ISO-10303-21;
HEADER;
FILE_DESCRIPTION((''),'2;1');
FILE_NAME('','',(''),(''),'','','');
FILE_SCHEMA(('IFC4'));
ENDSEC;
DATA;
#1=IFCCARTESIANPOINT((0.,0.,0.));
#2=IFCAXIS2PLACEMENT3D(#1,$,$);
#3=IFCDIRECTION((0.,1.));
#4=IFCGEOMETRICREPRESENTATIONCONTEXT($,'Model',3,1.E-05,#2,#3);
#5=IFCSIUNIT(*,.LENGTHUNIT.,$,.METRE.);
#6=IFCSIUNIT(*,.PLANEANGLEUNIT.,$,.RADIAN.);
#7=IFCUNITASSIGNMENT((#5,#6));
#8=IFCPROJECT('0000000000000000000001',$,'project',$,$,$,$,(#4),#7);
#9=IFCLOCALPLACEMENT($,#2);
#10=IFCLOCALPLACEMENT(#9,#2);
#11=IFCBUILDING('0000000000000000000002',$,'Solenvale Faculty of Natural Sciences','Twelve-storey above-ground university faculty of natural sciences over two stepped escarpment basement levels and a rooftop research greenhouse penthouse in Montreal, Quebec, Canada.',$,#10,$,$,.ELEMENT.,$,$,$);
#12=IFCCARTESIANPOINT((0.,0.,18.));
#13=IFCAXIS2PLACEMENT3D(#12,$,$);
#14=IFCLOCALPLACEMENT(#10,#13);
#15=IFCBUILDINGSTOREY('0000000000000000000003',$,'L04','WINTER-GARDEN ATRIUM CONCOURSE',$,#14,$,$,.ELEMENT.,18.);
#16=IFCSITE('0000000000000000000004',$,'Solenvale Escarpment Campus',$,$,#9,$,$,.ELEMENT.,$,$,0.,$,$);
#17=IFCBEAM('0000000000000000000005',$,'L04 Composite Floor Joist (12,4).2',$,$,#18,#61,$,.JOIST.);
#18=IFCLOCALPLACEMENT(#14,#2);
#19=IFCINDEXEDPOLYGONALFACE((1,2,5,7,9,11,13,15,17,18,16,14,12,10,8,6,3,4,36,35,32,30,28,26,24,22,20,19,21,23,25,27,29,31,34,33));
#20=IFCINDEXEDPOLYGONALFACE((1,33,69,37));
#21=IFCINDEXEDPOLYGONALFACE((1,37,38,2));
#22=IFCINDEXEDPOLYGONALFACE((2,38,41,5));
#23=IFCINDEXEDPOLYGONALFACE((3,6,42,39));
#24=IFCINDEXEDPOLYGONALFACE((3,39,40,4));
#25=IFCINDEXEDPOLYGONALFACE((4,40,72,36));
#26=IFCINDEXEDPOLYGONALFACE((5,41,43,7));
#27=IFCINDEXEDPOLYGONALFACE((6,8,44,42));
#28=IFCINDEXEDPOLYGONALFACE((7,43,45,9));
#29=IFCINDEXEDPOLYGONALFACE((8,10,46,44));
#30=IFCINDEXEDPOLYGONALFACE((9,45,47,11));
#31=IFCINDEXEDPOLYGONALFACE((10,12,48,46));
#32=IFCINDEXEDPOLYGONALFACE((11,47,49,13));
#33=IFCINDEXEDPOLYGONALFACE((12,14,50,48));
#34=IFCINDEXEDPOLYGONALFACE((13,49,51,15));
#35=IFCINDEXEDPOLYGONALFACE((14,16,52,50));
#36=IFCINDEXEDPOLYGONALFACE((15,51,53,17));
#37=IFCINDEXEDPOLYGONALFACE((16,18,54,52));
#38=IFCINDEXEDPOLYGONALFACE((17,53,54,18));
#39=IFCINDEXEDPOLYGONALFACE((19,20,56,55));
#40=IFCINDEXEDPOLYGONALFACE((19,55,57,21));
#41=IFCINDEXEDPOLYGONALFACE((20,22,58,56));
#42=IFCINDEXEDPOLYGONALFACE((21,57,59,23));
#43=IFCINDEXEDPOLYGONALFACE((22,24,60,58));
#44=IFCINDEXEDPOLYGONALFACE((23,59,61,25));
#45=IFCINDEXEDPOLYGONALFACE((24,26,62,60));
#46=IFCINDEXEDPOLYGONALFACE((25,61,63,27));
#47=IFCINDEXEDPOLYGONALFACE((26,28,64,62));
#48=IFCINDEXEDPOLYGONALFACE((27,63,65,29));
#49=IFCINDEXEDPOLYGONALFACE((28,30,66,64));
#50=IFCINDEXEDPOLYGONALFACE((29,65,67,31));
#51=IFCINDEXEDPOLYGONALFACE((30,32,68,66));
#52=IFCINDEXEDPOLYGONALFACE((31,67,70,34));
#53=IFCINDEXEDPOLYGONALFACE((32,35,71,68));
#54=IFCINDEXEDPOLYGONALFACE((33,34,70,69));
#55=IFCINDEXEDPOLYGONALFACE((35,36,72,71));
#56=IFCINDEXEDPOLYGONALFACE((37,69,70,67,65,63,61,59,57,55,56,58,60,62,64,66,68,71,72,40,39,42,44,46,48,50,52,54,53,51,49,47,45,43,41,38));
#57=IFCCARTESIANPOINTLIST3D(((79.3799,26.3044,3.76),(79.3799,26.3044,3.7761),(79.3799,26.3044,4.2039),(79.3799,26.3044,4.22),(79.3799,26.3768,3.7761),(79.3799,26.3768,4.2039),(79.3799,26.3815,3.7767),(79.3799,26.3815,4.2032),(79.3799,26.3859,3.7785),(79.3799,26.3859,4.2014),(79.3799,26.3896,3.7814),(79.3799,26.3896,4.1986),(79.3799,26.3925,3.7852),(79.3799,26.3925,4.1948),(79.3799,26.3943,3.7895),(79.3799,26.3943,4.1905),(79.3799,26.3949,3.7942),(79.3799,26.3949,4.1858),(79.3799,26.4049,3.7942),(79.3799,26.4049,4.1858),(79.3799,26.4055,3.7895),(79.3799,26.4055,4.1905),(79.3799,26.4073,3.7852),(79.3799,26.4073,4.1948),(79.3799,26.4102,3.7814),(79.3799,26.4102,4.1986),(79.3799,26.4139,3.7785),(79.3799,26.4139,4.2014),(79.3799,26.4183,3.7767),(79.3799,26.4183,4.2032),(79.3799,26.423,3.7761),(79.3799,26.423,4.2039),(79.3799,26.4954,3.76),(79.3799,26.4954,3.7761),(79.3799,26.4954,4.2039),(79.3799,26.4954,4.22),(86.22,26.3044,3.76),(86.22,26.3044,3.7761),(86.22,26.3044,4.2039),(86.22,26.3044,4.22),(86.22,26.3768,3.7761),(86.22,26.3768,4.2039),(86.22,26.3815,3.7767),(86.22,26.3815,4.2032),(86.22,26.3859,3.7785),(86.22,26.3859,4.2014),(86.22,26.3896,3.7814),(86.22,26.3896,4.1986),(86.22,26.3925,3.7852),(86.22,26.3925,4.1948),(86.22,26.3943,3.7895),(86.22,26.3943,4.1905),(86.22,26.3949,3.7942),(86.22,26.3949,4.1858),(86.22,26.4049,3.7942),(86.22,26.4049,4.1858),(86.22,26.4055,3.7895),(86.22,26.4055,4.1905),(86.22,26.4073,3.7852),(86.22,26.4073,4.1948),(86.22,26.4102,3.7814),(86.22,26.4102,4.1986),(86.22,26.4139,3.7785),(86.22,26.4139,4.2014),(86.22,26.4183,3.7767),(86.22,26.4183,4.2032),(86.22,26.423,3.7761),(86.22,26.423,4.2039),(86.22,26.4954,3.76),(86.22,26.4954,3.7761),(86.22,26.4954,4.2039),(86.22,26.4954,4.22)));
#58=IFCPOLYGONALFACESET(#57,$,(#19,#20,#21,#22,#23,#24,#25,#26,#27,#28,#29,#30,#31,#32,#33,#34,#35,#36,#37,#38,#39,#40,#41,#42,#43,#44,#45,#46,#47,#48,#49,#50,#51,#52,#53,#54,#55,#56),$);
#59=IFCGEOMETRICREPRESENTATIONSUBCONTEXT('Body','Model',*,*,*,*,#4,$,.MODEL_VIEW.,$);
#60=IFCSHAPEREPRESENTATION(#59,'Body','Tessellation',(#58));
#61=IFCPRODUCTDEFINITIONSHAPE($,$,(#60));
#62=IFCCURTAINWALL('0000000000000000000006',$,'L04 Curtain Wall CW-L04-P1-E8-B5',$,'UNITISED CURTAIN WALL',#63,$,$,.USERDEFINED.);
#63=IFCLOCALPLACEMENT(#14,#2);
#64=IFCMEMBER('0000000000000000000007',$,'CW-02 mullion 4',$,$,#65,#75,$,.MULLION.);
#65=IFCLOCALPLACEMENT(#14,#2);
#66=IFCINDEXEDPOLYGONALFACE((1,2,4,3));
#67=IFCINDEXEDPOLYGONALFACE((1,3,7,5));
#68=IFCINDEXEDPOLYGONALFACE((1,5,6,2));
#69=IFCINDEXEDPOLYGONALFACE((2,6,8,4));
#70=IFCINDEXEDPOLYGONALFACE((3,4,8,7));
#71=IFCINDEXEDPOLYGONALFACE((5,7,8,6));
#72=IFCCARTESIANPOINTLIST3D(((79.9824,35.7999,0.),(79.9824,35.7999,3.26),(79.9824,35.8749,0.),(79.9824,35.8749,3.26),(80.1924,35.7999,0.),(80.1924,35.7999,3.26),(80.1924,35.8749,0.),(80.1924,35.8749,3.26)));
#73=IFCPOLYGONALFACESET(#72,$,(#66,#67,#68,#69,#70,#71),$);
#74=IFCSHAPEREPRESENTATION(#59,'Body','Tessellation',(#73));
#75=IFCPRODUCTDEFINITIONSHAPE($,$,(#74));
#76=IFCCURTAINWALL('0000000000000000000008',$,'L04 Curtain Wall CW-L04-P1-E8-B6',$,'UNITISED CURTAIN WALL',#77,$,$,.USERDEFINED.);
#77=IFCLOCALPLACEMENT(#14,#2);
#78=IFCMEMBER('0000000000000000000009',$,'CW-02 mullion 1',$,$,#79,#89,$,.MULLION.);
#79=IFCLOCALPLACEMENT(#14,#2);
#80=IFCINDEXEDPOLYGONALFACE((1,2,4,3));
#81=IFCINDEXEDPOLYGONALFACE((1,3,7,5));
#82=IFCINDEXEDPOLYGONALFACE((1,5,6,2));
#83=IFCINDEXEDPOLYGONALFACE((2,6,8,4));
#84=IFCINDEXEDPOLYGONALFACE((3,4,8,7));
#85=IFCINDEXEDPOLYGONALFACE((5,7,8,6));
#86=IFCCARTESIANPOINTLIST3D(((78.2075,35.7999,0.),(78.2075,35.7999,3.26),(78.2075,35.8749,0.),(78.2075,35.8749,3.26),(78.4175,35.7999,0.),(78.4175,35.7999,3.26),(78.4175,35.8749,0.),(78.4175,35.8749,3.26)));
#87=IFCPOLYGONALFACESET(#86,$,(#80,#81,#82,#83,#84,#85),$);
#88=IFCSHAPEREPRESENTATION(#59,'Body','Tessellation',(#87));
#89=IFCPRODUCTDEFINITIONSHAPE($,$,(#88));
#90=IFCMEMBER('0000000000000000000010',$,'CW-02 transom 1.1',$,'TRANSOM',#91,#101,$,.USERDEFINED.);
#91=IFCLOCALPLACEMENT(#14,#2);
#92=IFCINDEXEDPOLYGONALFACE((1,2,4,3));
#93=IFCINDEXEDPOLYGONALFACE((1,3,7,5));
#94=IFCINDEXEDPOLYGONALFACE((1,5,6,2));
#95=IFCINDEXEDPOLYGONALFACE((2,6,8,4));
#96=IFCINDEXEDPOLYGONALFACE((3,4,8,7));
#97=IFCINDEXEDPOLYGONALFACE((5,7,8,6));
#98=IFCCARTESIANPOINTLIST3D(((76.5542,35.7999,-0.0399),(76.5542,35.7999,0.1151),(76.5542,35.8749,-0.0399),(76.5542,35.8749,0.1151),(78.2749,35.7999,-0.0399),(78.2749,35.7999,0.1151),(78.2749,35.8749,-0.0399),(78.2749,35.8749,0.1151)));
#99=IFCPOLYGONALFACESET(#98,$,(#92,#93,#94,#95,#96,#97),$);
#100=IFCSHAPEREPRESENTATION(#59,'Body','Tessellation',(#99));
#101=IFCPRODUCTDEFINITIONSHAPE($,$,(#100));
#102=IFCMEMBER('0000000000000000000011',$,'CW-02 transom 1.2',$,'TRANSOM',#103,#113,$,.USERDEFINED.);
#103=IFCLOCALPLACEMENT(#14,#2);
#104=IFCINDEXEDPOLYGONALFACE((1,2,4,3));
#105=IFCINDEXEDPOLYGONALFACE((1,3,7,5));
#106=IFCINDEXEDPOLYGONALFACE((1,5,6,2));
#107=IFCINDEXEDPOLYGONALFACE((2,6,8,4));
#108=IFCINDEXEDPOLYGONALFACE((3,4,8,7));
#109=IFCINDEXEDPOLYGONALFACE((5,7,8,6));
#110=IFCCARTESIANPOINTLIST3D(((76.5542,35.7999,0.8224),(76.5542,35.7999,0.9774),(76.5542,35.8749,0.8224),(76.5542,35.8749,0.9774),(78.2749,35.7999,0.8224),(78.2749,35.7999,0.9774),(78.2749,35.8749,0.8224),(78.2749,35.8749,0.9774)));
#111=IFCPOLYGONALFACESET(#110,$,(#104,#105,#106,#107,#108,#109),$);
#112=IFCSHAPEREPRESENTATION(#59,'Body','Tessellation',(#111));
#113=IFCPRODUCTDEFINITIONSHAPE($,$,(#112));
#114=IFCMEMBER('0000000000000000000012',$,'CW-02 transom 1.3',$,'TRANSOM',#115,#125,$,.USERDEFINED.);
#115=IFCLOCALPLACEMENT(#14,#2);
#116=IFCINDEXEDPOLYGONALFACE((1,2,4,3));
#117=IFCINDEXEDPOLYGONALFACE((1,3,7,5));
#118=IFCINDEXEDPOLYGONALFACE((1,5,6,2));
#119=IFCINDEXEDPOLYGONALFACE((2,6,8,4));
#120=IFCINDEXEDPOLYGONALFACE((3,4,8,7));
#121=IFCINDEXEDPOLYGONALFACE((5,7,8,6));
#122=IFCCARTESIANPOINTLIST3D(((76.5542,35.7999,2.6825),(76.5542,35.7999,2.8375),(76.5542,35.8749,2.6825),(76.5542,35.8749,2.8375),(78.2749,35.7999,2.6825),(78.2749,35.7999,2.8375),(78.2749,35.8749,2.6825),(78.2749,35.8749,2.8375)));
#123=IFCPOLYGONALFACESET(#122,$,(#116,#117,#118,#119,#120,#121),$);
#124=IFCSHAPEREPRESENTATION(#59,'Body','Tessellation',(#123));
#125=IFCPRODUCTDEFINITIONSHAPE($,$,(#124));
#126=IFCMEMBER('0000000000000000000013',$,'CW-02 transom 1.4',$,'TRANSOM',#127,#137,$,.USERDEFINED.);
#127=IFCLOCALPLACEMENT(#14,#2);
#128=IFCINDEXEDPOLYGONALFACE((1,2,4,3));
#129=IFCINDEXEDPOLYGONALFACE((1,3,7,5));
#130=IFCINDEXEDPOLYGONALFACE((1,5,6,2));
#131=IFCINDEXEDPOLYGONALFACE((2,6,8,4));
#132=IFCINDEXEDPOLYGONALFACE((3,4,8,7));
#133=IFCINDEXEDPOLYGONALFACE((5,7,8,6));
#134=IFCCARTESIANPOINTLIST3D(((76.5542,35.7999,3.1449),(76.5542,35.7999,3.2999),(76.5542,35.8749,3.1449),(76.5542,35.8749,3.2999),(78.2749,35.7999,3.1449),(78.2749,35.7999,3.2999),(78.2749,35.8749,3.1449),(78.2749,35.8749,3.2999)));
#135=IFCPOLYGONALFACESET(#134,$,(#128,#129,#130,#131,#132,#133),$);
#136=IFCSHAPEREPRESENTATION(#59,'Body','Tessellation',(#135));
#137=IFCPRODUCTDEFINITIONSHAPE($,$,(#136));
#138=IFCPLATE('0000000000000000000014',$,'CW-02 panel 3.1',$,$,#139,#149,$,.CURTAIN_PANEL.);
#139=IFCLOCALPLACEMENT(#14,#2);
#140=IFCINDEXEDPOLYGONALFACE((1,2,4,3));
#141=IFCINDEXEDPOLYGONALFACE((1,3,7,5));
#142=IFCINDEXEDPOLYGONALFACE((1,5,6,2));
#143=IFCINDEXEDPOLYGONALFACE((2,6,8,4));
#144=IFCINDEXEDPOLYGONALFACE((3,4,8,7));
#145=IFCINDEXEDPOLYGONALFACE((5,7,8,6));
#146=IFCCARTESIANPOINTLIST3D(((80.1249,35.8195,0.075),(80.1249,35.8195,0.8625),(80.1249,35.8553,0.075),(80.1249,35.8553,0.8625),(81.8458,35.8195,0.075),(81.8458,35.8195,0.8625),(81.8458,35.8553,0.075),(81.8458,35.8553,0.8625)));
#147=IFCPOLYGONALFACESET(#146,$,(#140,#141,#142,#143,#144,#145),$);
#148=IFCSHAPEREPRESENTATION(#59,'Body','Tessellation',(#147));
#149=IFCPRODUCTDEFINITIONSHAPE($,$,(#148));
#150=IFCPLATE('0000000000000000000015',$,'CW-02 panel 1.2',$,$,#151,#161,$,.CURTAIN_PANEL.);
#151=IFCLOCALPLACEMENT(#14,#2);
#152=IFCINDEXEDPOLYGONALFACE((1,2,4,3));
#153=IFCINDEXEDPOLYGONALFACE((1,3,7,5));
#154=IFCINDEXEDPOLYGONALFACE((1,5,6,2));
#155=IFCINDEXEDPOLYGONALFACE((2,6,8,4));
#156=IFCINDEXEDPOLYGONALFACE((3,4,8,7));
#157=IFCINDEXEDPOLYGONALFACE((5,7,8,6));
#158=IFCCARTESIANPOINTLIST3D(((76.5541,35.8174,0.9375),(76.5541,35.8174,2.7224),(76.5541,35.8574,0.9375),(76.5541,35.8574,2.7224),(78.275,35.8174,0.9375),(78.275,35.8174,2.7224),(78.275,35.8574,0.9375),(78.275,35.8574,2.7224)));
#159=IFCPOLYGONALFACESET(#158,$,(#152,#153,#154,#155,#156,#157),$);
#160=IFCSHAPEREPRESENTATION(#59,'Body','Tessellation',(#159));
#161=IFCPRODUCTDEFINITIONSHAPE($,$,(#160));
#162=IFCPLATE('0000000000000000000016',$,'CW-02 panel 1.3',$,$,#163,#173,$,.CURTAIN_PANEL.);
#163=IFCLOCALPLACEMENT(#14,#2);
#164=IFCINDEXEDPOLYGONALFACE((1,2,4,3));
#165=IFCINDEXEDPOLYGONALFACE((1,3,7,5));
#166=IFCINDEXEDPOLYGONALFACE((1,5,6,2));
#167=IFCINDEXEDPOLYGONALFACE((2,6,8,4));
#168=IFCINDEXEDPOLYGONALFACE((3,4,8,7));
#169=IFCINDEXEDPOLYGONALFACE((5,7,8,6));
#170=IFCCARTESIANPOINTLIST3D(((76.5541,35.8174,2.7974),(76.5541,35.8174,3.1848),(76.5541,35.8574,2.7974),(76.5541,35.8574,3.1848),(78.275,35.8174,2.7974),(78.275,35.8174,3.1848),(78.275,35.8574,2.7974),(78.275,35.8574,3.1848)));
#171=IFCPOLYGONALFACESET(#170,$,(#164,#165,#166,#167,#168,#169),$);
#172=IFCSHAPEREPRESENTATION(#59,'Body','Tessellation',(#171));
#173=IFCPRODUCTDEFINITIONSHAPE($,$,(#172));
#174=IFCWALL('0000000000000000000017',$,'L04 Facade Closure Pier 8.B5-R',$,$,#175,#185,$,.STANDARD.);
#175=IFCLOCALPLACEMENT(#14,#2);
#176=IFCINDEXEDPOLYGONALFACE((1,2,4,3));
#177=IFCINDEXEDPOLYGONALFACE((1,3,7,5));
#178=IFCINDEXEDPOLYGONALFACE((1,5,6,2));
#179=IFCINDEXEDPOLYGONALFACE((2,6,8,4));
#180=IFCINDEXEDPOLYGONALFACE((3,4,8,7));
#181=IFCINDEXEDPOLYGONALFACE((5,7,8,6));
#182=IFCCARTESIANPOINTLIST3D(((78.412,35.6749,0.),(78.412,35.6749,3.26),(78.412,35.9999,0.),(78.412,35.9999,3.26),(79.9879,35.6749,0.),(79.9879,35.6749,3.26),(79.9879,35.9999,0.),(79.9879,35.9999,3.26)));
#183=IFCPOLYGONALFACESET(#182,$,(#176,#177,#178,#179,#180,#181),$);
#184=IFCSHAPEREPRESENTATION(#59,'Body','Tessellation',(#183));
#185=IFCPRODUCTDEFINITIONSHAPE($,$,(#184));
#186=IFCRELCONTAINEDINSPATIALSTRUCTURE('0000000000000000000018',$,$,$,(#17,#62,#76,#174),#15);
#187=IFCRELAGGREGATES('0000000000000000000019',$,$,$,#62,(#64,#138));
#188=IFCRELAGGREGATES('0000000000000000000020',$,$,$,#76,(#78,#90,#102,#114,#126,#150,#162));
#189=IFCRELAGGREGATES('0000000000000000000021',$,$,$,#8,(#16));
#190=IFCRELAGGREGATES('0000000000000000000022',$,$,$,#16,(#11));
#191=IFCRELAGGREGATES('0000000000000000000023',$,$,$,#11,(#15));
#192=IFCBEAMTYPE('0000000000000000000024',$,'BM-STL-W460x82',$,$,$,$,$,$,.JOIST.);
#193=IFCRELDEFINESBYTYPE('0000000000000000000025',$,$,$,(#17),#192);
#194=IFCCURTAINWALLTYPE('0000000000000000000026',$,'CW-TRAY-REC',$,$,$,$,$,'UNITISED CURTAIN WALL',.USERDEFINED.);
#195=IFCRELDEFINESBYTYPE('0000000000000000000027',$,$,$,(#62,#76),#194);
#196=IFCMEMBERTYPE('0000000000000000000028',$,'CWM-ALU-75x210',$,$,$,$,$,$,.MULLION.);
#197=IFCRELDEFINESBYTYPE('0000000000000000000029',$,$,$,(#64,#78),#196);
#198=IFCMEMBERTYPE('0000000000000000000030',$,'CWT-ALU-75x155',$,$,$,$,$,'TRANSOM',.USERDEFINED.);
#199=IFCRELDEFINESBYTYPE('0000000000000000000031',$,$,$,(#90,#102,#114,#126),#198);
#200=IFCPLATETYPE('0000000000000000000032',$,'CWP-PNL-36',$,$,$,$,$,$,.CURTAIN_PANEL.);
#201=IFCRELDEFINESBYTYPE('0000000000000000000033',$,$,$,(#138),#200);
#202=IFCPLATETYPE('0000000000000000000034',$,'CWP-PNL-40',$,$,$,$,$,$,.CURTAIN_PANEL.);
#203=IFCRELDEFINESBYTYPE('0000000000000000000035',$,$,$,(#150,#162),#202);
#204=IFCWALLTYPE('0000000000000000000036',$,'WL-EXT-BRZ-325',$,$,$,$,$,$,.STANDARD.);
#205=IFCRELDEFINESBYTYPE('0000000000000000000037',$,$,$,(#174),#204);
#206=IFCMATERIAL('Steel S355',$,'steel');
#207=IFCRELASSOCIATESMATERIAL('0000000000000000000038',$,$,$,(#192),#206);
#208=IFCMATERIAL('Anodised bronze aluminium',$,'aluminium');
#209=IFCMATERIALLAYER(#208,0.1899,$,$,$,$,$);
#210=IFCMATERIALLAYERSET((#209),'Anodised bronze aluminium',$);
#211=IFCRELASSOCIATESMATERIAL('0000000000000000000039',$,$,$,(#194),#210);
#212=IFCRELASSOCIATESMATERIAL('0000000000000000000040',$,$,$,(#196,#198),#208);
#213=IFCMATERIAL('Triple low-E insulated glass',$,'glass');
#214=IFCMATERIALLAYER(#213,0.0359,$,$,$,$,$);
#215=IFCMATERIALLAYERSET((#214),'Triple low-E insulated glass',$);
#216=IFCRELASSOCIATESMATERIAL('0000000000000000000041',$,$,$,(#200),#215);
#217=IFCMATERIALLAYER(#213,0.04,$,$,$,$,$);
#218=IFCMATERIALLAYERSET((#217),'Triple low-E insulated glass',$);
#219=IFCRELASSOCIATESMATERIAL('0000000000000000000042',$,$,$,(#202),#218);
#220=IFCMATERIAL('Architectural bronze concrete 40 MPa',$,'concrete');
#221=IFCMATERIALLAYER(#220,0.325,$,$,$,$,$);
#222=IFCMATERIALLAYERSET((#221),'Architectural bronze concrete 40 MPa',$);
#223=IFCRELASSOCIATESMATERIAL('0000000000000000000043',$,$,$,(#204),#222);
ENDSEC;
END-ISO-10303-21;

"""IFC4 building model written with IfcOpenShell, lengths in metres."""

from ifc_helpers import new_model, si_unit, direction, frame, frame_2d, origin, origin_2d, place, context, subcontext, project, spatial, rectangle, i_section, extrude, material, layer, layer_set, material_profile, profile_set, type_object, element, aggregate, save


model = new_model("IFC4")

# Units and contexts
model_context = context("Model", 3, precision=1e-05, world=origin(), true_north=direction((0.0, 1.0)))
body_context = subcontext(model_context, "Body", "Model", "MODEL_VIEW")
ifc_project = project(units=[si_unit("LENGTHUNIT", "METRE"), si_unit("PLANEANGLEUNIT", "RADIAN")], contexts=[model_context])

# Site, building, storey
site_placement = place(None, origin())
site = spatial("IfcSite", under=ifc_project, at=site_placement, Name="Solenvale Escarpment Campus", CompositionType="ELEMENT", RefElevation=0.0)
building_placement = place(site_placement, origin())
building = spatial("IfcBuilding", under=site, at=building_placement, Name="Solenvale Faculty of Natural Sciences", Description="Twelve-storey above-ground university faculty of natural sciences over two stepped escarpment basement levels and a rooftop research greenhouse penthouse in Montreal, Quebec, Canada.", CompositionType="ELEMENT")
storey_placement = place(building_placement, frame((0.0, 0.0, 18.0)))
storey = spatial("IfcBuildingStorey", under=building, at=storey_placement, Name="L04", Description="WINTER-GARDEN ATRIUM CONCOURSE", CompositionType="ELEMENT", Elevation=18.0)

# Beam
ifc_material_1 = material(Name="Steel S355", Category="steel")
ifc_material_profile_1 = material_profile(ifc_material_1, i_section(OverallWidth=0.1909, OverallDepth=0.46, WebThickness=0.01, FlangeThickness=0.0161, FilletRadius=0.0181, at=origin_2d()), Name="W460x82")
ifc_profile_set_1 = profile_set([ifc_material_profile_1], Name="Steel S355")
beam_type_1 = type_object("IfcBeamType", Name="BM-STL-W460x82", PredefinedType="JOIST", material=ifc_profile_set_1)
for number, where, z_axis, x_axis, name in (
    (1, (79.3799, 26.3999, 3.99), (1.0, 0.0, 0.0), (0.0, 1.0, 0.0), "L04 Composite Floor Joist (12,4).2"),
):
    element("IfcBeam", number, at=place(storey_placement, frame(where, z_axis=z_axis, x_axis=x_axis)), inside=storey, type_object=beam_type_1, Name=name, PredefinedType="JOIST", context=body_context, shape_type="SweptSolid", body=[
        extrude(i_section(OverallWidth=0.1909, OverallDepth=0.46, WebThickness=0.01, FlangeThickness=0.0161, FilletRadius=0.0181, at=origin_2d()), origin(), (0.0, 0.0, 1.0), 6.8401),
    ])

# Curtain wall, member
ifc_material_2 = material(Name="Anodised bronze aluminium", Category="aluminium")
ifc_layer_1 = layer(ifc_material_2, 0.1899)
ifc_layer_set_1 = layer_set([ifc_layer_1], Name="Anodised bronze aluminium")
curtain_wall_type = type_object("IfcCurtainWallType", Name="CW-TRAY-REC", ElementType="UNITISED CURTAIN WALL", PredefinedType="USERDEFINED", material=ifc_layer_set_1)
curtain_wall_1_placement = place(storey_placement, origin())
curtain_wall_1 = element("IfcCurtainWall", 2, at=curtain_wall_1_placement, inside=storey, type_object=curtain_wall_type, Name="L04 Curtain Wall CW-L04-P1-E8-B5", ObjectType="UNITISED CURTAIN WALL", PredefinedType="USERDEFINED")
ifc_material_profile_2 = material_profile(ifc_material_2, rectangle(XDim=0.075, YDim=0.21, at=origin_2d()), Name="ALU-MUL-75x210")
ifc_profile_set_2 = profile_set([ifc_material_profile_2], Name="Anodised bronze aluminium")
member_type_1 = type_object("IfcMemberType", Name="CWM-ALU-75x210", PredefinedType="MULLION", material=ifc_profile_set_2)
member_1_placement = place(storey_placement, frame((80.0874, 35.8374, 0.0), z_axis=(0.0, 0.0, 1.0), x_axis=(0.0, -1.0, 0.0)))
member_1 = element("IfcMember", 3, at=member_1_placement, type_object=member_type_1, Name="CW-02 mullion 4", PredefinedType="MULLION", context=body_context, shape_type="SweptSolid", body=[
    extrude(rectangle(XDim=0.075, YDim=0.21, at=origin_2d()), origin(), (0.0, 0.0, 1.0), 3.26),
])

# Curtain wall, members
curtain_wall_2_placement = place(storey_placement, origin())
curtain_wall_2 = element("IfcCurtainWall", 4, at=curtain_wall_2_placement, inside=storey, type_object=curtain_wall_type, Name="L04 Curtain Wall CW-L04-P1-E8-B6", ObjectType="UNITISED CURTAIN WALL", PredefinedType="USERDEFINED")
member_2_placement = place(storey_placement, frame((78.3125, 35.8374, 0.0), z_axis=(0.0, 0.0, 1.0), x_axis=(0.0, -1.0, 0.0)))
member_2 = element("IfcMember", 5, at=member_2_placement, type_object=member_type_1, Name="CW-02 mullion 1", PredefinedType="MULLION", context=body_context, shape_type="SweptSolid", body=[
    extrude(rectangle(XDim=0.075, YDim=0.21, at=origin_2d()), origin(), (0.0, 0.0, 1.0), 3.26),
])
ifc_material_profile_3 = material_profile(ifc_material_2, rectangle(XDim=0.075, YDim=0.155, at=origin_2d()), Name="ALU-TRN-75x155")
ifc_profile_set_3 = profile_set([ifc_material_profile_3], Name="Anodised bronze aluminium")
member_type_2 = type_object("IfcMemberType", Name="CWT-ALU-75x155", ElementType="TRANSOM", PredefinedType="USERDEFINED", material=ifc_profile_set_3)
member_3_placement = place(storey_placement, frame((78.2749, 35.8374, 0.0376), z_axis=(-1.0, 0.0, 0.0), x_axis=(0.0, -1.0, 0.0)))
member_3 = element("IfcMember", 6, at=member_3_placement, type_object=member_type_2, Name="CW-02 transom 1.1", ObjectType="TRANSOM", PredefinedType="USERDEFINED", context=body_context, shape_type="SweptSolid", body=[
    extrude(rectangle(XDim=0.075, YDim=0.155, at=origin_2d()), origin(), (0.0, 0.0, 1.0), 1.7207),
])
member_4_placement = place(storey_placement, frame((78.2749, 35.8374, 0.8999), z_axis=(-1.0, 0.0, 0.0), x_axis=(0.0, -1.0, 0.0)))
member_4 = element("IfcMember", 7, at=member_4_placement, type_object=member_type_2, Name="CW-02 transom 1.2", ObjectType="TRANSOM", PredefinedType="USERDEFINED", context=body_context, shape_type="SweptSolid", body=[
    extrude(rectangle(XDim=0.075, YDim=0.155, at=origin_2d()), origin(), (0.0, 0.0, 1.0), 1.7207),
])
member_5_placement = place(storey_placement, frame((78.2749, 35.8374, 2.76), z_axis=(-1.0, 0.0, 0.0), x_axis=(0.0, -1.0, 0.0)))
member_5 = element("IfcMember", 8, at=member_5_placement, type_object=member_type_2, Name="CW-02 transom 1.3", ObjectType="TRANSOM", PredefinedType="USERDEFINED", context=body_context, shape_type="SweptSolid", body=[
    extrude(rectangle(XDim=0.075, YDim=0.155, at=origin_2d()), origin(), (0.0, 0.0, 1.0), 1.7207),
])
member_6_placement = place(storey_placement, frame((78.2749, 35.8374, 3.2224), z_axis=(-1.0, 0.0, 0.0), x_axis=(0.0, -1.0, 0.0)))
member_6 = element("IfcMember", 9, at=member_6_placement, type_object=member_type_2, Name="CW-02 transom 1.4", ObjectType="TRANSOM", PredefinedType="USERDEFINED", context=body_context, shape_type="SweptSolid", body=[
    extrude(rectangle(XDim=0.075, YDim=0.155, at=origin_2d()), origin(), (0.0, 0.0, 1.0), 1.7207),
])

# Plates
ifc_material_3 = material(Name="Triple low-E insulated glass", Category="glass")
ifc_layer_2 = layer(ifc_material_3, 0.0359)
ifc_layer_set_2 = layer_set([ifc_layer_2], Name="Triple low-E insulated glass")
plate_type_1 = type_object("IfcPlateType", Name="CWP-PNL-36", PredefinedType="CURTAIN_PANEL", material=ifc_layer_set_2)
plate_1_placement = place(storey_placement, frame((80.9854, 35.8374, 0.075), z_axis=(0.0, 0.0, 1.0), x_axis=(-1.0, 0.0, 0.0)))
plate_1 = element("IfcPlate", 10, at=plate_1_placement, type_object=plate_type_1, Name="CW-02 panel 3.1", PredefinedType="CURTAIN_PANEL", context=body_context, shape_type="SweptSolid", body=[
    extrude(rectangle(XDim=1.7209, YDim=0.0359, at=origin_2d()), origin(), (0.0, 0.0, 1.0), 0.7876),
])
aggregate(curtain_wall_1, [member_1, plate_1])
ifc_layer_3 = layer(ifc_material_3, 0.04)
ifc_layer_set_3 = layer_set([ifc_layer_3], Name="Triple low-E insulated glass")
plate_type_2 = type_object("IfcPlateType", Name="CWP-PNL-40", PredefinedType="CURTAIN_PANEL", material=ifc_layer_set_3)
plate_2_placement = place(storey_placement, frame((77.4146, 35.8374, 0.9375), z_axis=(0.0, 0.0, 1.0), x_axis=(-1.0, 0.0, 0.0)))
plate_2 = element("IfcPlate", 11, at=plate_2_placement, type_object=plate_type_2, Name="CW-02 panel 1.2", PredefinedType="CURTAIN_PANEL", context=body_context, shape_type="SweptSolid", body=[
    extrude(rectangle(XDim=1.7209, YDim=0.04, at=origin_2d()), origin(), (0.0, 0.0, 1.0), 1.7849),
])
plate_3_placement = place(storey_placement, frame((77.4146, 35.8374, 2.7974), z_axis=(0.0, 0.0, 1.0), x_axis=(-1.0, 0.0, 0.0)))
plate_3 = element("IfcPlate", 12, at=plate_3_placement, type_object=plate_type_2, Name="CW-02 panel 1.3", PredefinedType="CURTAIN_PANEL", context=body_context, shape_type="SweptSolid", body=[
    extrude(rectangle(XDim=1.7209, YDim=0.04, at=origin_2d()), origin(), (0.0, 0.0, 1.0), 0.3875),
])
aggregate(curtain_wall_2, [member_2, member_3, member_4, member_5, member_6, plate_2, plate_3])

# Wall
ifc_material_4 = material(Name="Architectural bronze concrete 40 MPa", Category="concrete")
ifc_layer_4 = layer(ifc_material_4, 0.325)
ifc_layer_set_4 = layer_set([ifc_layer_4], Name="Architectural bronze concrete 40 MPa")
wall_type_1 = type_object("IfcWallType", Name="WL-EXT-BRZ-325", PredefinedType="STANDARD", material=ifc_layer_set_4)
wall_1_placement = place(storey_placement, frame((79.988, 35.8374, 0.0), z_axis=(0.0, 0.0, 1.0), x_axis=(-1.0, 0.0, 0.0)))
element("IfcWall", 13, at=wall_1_placement, inside=storey, type_object=wall_type_1, Name="L04 Facade Closure Pier 8.B5-R", PredefinedType="STANDARD", context=body_context, shape_type="SweptSolid", body=[
    extrude(rectangle(XDim=1.5759, YDim=0.325, at=frame_2d((0.7881, 0.0))), origin(), (0.0, 0.0, 1.0), 3.26),
])

save(model, "model.ifc")
